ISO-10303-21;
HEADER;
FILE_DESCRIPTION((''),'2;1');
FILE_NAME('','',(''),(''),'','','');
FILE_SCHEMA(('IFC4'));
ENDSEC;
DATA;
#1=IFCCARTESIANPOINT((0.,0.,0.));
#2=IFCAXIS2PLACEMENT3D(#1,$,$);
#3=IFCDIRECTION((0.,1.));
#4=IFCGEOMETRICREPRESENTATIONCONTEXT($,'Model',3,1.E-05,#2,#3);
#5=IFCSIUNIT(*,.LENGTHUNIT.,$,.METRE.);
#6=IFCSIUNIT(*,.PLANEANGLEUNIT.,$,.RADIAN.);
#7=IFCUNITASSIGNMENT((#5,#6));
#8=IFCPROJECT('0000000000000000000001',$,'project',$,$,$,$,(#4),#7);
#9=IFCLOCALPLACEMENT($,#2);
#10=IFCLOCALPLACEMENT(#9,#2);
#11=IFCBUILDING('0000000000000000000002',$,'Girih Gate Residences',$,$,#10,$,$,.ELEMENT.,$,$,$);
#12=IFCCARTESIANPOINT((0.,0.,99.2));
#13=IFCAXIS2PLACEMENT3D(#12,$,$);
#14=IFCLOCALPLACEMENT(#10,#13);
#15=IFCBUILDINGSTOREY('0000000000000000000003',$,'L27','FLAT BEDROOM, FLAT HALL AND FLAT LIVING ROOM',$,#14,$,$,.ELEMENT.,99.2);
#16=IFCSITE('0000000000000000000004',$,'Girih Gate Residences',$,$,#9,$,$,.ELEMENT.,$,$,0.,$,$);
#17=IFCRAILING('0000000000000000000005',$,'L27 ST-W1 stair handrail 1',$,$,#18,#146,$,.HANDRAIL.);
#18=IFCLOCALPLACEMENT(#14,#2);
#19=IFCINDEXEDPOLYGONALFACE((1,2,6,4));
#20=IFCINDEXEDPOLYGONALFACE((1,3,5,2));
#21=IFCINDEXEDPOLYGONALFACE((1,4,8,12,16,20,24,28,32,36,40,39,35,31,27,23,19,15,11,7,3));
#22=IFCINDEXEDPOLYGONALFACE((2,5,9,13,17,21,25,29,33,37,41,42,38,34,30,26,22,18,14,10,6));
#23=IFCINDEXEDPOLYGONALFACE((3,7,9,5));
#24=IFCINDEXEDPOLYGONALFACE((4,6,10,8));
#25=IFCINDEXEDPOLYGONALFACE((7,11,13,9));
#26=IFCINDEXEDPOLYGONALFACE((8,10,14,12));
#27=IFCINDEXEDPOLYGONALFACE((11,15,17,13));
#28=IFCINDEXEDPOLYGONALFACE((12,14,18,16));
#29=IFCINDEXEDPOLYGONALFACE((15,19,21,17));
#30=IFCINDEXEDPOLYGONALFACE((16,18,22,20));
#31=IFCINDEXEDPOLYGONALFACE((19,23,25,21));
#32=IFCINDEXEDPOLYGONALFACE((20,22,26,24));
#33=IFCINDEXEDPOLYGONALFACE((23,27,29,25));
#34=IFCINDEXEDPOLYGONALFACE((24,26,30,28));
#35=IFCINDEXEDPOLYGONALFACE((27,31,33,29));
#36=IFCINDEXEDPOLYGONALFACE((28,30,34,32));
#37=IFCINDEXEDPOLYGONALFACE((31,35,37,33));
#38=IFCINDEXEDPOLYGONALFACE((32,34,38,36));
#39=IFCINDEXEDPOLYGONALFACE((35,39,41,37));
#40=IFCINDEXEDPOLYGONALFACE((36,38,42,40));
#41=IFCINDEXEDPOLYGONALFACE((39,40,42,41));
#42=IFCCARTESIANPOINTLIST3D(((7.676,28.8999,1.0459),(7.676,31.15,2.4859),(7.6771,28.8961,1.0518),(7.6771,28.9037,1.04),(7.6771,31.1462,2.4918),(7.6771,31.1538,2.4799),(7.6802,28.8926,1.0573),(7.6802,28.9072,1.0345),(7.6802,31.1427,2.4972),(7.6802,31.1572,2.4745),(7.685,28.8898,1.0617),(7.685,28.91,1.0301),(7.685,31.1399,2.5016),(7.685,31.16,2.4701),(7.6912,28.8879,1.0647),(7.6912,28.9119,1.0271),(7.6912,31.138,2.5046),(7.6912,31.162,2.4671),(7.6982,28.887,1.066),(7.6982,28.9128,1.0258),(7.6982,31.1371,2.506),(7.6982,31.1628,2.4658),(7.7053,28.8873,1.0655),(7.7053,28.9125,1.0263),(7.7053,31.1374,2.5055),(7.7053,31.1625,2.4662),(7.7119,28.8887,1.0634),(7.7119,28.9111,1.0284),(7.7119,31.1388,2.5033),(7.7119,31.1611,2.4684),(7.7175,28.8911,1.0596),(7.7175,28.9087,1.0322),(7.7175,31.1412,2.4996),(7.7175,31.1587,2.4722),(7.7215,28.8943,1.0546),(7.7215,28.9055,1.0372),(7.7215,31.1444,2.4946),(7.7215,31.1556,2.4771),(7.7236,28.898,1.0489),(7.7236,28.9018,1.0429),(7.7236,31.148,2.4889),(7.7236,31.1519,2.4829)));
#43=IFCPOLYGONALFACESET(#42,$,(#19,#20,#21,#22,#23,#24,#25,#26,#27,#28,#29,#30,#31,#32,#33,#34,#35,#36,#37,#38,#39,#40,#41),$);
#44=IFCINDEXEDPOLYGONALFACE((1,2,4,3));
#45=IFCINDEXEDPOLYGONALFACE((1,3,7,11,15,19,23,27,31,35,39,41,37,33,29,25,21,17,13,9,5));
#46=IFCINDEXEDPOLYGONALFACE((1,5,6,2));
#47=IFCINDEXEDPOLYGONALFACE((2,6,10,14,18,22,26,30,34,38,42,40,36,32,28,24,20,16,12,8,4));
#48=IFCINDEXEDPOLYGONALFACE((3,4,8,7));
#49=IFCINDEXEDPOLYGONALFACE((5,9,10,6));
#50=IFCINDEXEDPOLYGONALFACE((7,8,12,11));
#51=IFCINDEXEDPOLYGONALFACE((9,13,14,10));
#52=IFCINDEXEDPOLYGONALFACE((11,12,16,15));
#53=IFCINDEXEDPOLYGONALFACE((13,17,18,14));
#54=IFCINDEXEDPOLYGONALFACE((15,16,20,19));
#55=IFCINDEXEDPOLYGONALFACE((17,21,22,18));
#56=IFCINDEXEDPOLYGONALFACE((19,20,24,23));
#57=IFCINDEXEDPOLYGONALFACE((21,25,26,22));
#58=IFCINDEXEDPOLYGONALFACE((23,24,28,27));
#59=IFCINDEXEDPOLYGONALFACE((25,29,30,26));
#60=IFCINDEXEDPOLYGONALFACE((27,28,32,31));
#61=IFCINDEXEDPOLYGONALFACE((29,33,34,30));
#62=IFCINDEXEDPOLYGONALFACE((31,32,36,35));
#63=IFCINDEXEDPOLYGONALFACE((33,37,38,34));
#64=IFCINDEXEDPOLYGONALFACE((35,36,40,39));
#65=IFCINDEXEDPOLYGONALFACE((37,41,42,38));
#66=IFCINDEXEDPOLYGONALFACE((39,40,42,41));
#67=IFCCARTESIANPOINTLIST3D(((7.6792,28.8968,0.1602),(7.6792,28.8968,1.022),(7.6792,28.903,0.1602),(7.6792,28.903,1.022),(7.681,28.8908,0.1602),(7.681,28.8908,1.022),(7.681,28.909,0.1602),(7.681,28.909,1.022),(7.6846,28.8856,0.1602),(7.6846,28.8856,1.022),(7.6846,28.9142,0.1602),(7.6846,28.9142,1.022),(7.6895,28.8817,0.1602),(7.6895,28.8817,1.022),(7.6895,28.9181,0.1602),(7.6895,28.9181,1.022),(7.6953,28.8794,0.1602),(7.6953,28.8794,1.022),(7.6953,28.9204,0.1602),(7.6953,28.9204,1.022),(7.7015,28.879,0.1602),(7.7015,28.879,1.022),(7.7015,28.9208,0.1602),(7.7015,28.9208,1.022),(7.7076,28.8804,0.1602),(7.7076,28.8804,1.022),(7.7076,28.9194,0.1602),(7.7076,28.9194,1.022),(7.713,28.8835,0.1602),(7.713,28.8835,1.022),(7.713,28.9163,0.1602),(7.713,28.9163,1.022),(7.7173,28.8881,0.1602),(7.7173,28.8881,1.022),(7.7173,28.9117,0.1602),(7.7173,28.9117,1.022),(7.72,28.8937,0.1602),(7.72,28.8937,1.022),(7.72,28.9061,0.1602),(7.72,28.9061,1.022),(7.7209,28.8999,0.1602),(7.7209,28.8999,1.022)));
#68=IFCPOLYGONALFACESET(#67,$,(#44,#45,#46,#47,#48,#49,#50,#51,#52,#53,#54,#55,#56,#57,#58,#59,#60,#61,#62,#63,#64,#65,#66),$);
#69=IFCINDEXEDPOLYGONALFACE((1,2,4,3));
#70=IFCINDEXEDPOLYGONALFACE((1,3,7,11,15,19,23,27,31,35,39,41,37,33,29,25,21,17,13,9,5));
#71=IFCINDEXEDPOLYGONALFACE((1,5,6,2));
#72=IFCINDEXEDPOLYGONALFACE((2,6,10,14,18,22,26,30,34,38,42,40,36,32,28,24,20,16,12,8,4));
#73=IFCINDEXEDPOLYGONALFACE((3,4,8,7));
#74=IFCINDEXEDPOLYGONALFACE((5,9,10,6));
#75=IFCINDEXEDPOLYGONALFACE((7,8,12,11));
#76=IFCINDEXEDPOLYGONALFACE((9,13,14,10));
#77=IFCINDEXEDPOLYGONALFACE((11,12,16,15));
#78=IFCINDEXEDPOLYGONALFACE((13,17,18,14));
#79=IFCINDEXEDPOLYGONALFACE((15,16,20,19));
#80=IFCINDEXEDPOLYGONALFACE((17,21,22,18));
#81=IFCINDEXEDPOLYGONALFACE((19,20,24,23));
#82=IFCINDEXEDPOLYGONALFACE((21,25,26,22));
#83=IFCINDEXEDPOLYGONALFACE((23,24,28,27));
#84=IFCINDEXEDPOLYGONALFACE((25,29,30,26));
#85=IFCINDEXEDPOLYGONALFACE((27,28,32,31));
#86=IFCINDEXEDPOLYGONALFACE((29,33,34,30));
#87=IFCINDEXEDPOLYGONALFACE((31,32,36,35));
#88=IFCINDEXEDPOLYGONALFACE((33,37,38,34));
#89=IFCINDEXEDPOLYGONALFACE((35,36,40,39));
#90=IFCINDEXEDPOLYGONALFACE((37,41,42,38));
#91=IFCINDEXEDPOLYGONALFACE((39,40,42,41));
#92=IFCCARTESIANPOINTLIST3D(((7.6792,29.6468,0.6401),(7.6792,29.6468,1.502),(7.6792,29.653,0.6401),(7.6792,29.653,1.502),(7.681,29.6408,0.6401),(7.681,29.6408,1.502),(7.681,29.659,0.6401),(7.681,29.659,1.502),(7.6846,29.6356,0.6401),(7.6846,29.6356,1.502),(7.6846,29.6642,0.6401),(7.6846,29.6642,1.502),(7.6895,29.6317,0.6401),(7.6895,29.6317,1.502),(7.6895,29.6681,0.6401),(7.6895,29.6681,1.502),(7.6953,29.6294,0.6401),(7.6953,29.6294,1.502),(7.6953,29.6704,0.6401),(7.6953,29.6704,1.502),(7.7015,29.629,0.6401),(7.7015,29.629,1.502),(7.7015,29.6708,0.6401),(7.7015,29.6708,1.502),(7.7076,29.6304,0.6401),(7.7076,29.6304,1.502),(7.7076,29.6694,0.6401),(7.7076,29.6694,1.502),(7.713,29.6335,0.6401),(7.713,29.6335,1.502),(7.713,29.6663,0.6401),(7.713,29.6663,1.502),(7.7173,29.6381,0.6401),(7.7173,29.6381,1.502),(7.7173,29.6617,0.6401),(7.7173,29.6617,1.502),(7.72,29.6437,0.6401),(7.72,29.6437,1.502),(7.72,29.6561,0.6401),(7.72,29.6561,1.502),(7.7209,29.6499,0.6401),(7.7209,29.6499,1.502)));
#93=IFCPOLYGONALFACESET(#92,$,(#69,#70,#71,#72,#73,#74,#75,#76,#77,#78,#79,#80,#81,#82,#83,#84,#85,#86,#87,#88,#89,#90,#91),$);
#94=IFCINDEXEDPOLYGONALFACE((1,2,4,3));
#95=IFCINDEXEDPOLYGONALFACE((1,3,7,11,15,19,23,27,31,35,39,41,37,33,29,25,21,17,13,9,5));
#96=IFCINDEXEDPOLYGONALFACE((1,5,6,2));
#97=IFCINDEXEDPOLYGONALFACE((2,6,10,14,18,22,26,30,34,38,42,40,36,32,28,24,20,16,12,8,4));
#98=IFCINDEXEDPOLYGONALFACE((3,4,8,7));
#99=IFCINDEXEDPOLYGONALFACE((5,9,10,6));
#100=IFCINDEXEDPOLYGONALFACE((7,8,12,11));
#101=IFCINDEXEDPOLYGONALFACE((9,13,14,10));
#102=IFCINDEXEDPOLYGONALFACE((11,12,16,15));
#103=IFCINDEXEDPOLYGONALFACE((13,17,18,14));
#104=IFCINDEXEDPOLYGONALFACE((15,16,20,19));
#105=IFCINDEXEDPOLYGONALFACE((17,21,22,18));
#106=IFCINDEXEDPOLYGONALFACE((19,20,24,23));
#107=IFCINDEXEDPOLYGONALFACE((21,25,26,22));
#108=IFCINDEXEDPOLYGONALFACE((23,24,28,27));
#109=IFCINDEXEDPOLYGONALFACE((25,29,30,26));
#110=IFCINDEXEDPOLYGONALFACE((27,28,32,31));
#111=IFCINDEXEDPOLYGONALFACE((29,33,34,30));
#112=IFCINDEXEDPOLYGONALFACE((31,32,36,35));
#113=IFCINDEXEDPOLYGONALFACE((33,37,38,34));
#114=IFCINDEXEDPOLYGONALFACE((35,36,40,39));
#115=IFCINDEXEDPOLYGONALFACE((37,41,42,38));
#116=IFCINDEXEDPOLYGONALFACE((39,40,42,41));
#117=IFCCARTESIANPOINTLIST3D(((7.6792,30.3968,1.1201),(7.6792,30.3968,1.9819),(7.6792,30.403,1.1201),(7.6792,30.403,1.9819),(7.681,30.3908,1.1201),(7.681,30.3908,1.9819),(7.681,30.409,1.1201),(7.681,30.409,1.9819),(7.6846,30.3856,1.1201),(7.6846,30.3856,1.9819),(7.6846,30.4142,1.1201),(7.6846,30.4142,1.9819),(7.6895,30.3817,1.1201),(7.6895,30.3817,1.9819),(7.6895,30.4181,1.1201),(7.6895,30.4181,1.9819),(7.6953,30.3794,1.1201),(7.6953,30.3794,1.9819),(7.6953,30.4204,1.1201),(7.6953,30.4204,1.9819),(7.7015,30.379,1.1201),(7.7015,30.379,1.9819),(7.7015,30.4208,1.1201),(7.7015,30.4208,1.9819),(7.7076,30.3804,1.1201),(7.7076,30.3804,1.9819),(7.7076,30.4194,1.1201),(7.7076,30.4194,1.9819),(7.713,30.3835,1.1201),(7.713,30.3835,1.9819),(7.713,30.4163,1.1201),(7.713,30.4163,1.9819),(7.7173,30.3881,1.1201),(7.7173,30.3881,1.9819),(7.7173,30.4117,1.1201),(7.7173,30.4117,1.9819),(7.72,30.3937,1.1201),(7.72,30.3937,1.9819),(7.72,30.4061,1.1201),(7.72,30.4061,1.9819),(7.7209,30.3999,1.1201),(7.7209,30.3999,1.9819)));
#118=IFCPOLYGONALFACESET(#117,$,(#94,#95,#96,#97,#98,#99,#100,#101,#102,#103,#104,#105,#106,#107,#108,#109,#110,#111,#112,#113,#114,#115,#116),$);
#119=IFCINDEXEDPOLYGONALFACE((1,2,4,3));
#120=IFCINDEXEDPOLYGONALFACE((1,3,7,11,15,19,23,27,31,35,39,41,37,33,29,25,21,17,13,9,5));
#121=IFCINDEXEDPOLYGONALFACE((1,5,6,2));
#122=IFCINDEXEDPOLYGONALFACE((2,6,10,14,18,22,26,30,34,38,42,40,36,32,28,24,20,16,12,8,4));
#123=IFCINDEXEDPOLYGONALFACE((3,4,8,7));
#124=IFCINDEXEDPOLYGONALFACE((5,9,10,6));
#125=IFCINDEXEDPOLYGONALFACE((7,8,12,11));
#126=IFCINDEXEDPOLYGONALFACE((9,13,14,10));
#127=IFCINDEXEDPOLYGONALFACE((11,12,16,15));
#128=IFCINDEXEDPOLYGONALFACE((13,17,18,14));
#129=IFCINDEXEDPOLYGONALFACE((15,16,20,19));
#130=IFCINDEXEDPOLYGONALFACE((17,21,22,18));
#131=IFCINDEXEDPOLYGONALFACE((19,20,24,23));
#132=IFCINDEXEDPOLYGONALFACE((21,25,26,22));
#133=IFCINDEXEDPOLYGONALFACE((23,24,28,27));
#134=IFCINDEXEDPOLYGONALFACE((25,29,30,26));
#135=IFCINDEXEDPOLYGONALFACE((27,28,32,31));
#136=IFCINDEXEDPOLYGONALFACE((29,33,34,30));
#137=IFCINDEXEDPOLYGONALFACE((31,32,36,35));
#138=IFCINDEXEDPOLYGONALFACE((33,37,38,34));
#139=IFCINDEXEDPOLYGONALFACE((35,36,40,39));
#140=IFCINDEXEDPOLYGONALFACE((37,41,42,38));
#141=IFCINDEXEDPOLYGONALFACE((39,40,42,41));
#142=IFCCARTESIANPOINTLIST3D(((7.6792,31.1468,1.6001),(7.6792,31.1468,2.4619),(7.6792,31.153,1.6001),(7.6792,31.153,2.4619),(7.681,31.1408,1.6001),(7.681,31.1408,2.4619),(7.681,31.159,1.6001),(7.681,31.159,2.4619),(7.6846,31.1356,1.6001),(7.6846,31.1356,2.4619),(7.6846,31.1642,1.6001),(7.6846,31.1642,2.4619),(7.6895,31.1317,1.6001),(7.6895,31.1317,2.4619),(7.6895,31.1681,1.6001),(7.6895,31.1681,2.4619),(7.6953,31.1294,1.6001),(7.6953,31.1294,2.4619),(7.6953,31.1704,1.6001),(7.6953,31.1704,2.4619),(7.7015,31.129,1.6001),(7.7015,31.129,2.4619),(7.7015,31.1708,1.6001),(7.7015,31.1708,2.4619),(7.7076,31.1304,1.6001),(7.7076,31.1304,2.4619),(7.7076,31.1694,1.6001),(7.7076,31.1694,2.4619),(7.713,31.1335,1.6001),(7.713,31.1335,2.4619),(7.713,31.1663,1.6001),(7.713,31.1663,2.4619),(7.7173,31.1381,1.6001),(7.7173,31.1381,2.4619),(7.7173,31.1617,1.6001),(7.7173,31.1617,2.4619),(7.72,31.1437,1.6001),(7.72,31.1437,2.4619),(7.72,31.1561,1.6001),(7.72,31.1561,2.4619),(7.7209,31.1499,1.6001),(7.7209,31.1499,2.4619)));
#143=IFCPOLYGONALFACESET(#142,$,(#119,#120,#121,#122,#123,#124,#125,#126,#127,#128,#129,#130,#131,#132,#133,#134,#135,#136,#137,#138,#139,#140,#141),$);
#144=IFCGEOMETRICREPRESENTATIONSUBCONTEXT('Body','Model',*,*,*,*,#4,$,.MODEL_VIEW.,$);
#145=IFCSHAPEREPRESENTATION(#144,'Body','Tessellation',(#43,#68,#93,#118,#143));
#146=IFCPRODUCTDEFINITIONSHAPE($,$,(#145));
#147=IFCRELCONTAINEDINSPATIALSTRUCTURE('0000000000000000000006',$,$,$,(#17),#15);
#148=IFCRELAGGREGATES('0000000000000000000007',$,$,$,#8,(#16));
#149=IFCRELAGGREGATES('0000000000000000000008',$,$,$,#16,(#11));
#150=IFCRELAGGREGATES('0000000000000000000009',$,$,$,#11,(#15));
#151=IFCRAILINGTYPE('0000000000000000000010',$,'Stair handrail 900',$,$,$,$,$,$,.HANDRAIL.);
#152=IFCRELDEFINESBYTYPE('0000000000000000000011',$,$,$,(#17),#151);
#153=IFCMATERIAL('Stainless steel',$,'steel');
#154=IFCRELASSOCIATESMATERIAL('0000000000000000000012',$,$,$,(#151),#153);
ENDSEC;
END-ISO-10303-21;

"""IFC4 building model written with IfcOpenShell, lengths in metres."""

from ifc_helpers import new_model, si_unit, direction, frame, origin, origin_2d, place, context, subcontext, project, spatial, circle, extrude, material, type_object, element, save


model = new_model("IFC4")

# Units and contexts
model_context = context("Model", 3, precision=1e-05, world=origin(), true_north=direction((0.0, 1.0)))
body_context = subcontext(model_context, "Body", "Model", "MODEL_VIEW")
ifc_project = project(units=[si_unit("LENGTHUNIT", "METRE"), si_unit("PLANEANGLEUNIT", "RADIAN")], contexts=[model_context])

# Site, building, storey
site_placement = place(None, origin())
site = spatial("IfcSite", under=ifc_project, at=site_placement, Name="Girih Gate Residences", CompositionType="ELEMENT", RefElevation=0.0)
building_placement = place(site_placement, origin())
building = spatial("IfcBuilding", under=site, at=building_placement, Name="Girih Gate Residences", CompositionType="ELEMENT")
storey_placement = place(building_placement, frame((0.0, 0.0, 99.2)))
storey = spatial("IfcBuildingStorey", under=building, at=storey_placement, Name="L27", Description="FLAT BEDROOM, FLAT HALL AND FLAT LIVING ROOM", CompositionType="ELEMENT", Elevation=99.2)

# Railing
ifc_material_1 = material(Name="Stainless steel", Category="steel")
railing_type_1 = type_object("IfcRailingType", Name="Stair handrail 900", PredefinedType="HANDRAIL", material=ifc_material_1)
railing_1_placement = place(storey_placement, frame((7.7, 28.8999, 0.1602)))
element("IfcRailing", 1, at=railing_1_placement, inside=storey, type_object=railing_type_1, Name="L27 ST-W1 stair handrail 1", PredefinedType="HANDRAIL", context=body_context, shape_type="SweptSolid", body=[
    extrude(circle(Radius=0.0239, at=origin_2d()), frame((0.0, 0.0, 0.8857), z_axis=(0.0, 0.842281, 0.539038), x_axis=(-1.0, 0.0, 0.0)), (0.0, 0.0, 1.0), 2.6714),
    extrude(circle(Radius=0.021, at=origin_2d()), origin(), (0.0, 0.0, 1.0), 0.8618),
    extrude(circle(Radius=0.021, at=origin_2d()), frame((0.0, 0.75, 0.48)), (0.0, 0.0, 1.0), 0.8618),
    extrude(circle(Radius=0.021, at=origin_2d()), frame((0.0, 1.5, 0.96)), (0.0, 0.0, 1.0), 0.8618),
    extrude(circle(Radius=0.021, at=origin_2d()), frame((0.0, 2.25, 1.4399)), (0.0, 0.0, 1.0), 0.8618),
])

save(model, "model.ifc")
